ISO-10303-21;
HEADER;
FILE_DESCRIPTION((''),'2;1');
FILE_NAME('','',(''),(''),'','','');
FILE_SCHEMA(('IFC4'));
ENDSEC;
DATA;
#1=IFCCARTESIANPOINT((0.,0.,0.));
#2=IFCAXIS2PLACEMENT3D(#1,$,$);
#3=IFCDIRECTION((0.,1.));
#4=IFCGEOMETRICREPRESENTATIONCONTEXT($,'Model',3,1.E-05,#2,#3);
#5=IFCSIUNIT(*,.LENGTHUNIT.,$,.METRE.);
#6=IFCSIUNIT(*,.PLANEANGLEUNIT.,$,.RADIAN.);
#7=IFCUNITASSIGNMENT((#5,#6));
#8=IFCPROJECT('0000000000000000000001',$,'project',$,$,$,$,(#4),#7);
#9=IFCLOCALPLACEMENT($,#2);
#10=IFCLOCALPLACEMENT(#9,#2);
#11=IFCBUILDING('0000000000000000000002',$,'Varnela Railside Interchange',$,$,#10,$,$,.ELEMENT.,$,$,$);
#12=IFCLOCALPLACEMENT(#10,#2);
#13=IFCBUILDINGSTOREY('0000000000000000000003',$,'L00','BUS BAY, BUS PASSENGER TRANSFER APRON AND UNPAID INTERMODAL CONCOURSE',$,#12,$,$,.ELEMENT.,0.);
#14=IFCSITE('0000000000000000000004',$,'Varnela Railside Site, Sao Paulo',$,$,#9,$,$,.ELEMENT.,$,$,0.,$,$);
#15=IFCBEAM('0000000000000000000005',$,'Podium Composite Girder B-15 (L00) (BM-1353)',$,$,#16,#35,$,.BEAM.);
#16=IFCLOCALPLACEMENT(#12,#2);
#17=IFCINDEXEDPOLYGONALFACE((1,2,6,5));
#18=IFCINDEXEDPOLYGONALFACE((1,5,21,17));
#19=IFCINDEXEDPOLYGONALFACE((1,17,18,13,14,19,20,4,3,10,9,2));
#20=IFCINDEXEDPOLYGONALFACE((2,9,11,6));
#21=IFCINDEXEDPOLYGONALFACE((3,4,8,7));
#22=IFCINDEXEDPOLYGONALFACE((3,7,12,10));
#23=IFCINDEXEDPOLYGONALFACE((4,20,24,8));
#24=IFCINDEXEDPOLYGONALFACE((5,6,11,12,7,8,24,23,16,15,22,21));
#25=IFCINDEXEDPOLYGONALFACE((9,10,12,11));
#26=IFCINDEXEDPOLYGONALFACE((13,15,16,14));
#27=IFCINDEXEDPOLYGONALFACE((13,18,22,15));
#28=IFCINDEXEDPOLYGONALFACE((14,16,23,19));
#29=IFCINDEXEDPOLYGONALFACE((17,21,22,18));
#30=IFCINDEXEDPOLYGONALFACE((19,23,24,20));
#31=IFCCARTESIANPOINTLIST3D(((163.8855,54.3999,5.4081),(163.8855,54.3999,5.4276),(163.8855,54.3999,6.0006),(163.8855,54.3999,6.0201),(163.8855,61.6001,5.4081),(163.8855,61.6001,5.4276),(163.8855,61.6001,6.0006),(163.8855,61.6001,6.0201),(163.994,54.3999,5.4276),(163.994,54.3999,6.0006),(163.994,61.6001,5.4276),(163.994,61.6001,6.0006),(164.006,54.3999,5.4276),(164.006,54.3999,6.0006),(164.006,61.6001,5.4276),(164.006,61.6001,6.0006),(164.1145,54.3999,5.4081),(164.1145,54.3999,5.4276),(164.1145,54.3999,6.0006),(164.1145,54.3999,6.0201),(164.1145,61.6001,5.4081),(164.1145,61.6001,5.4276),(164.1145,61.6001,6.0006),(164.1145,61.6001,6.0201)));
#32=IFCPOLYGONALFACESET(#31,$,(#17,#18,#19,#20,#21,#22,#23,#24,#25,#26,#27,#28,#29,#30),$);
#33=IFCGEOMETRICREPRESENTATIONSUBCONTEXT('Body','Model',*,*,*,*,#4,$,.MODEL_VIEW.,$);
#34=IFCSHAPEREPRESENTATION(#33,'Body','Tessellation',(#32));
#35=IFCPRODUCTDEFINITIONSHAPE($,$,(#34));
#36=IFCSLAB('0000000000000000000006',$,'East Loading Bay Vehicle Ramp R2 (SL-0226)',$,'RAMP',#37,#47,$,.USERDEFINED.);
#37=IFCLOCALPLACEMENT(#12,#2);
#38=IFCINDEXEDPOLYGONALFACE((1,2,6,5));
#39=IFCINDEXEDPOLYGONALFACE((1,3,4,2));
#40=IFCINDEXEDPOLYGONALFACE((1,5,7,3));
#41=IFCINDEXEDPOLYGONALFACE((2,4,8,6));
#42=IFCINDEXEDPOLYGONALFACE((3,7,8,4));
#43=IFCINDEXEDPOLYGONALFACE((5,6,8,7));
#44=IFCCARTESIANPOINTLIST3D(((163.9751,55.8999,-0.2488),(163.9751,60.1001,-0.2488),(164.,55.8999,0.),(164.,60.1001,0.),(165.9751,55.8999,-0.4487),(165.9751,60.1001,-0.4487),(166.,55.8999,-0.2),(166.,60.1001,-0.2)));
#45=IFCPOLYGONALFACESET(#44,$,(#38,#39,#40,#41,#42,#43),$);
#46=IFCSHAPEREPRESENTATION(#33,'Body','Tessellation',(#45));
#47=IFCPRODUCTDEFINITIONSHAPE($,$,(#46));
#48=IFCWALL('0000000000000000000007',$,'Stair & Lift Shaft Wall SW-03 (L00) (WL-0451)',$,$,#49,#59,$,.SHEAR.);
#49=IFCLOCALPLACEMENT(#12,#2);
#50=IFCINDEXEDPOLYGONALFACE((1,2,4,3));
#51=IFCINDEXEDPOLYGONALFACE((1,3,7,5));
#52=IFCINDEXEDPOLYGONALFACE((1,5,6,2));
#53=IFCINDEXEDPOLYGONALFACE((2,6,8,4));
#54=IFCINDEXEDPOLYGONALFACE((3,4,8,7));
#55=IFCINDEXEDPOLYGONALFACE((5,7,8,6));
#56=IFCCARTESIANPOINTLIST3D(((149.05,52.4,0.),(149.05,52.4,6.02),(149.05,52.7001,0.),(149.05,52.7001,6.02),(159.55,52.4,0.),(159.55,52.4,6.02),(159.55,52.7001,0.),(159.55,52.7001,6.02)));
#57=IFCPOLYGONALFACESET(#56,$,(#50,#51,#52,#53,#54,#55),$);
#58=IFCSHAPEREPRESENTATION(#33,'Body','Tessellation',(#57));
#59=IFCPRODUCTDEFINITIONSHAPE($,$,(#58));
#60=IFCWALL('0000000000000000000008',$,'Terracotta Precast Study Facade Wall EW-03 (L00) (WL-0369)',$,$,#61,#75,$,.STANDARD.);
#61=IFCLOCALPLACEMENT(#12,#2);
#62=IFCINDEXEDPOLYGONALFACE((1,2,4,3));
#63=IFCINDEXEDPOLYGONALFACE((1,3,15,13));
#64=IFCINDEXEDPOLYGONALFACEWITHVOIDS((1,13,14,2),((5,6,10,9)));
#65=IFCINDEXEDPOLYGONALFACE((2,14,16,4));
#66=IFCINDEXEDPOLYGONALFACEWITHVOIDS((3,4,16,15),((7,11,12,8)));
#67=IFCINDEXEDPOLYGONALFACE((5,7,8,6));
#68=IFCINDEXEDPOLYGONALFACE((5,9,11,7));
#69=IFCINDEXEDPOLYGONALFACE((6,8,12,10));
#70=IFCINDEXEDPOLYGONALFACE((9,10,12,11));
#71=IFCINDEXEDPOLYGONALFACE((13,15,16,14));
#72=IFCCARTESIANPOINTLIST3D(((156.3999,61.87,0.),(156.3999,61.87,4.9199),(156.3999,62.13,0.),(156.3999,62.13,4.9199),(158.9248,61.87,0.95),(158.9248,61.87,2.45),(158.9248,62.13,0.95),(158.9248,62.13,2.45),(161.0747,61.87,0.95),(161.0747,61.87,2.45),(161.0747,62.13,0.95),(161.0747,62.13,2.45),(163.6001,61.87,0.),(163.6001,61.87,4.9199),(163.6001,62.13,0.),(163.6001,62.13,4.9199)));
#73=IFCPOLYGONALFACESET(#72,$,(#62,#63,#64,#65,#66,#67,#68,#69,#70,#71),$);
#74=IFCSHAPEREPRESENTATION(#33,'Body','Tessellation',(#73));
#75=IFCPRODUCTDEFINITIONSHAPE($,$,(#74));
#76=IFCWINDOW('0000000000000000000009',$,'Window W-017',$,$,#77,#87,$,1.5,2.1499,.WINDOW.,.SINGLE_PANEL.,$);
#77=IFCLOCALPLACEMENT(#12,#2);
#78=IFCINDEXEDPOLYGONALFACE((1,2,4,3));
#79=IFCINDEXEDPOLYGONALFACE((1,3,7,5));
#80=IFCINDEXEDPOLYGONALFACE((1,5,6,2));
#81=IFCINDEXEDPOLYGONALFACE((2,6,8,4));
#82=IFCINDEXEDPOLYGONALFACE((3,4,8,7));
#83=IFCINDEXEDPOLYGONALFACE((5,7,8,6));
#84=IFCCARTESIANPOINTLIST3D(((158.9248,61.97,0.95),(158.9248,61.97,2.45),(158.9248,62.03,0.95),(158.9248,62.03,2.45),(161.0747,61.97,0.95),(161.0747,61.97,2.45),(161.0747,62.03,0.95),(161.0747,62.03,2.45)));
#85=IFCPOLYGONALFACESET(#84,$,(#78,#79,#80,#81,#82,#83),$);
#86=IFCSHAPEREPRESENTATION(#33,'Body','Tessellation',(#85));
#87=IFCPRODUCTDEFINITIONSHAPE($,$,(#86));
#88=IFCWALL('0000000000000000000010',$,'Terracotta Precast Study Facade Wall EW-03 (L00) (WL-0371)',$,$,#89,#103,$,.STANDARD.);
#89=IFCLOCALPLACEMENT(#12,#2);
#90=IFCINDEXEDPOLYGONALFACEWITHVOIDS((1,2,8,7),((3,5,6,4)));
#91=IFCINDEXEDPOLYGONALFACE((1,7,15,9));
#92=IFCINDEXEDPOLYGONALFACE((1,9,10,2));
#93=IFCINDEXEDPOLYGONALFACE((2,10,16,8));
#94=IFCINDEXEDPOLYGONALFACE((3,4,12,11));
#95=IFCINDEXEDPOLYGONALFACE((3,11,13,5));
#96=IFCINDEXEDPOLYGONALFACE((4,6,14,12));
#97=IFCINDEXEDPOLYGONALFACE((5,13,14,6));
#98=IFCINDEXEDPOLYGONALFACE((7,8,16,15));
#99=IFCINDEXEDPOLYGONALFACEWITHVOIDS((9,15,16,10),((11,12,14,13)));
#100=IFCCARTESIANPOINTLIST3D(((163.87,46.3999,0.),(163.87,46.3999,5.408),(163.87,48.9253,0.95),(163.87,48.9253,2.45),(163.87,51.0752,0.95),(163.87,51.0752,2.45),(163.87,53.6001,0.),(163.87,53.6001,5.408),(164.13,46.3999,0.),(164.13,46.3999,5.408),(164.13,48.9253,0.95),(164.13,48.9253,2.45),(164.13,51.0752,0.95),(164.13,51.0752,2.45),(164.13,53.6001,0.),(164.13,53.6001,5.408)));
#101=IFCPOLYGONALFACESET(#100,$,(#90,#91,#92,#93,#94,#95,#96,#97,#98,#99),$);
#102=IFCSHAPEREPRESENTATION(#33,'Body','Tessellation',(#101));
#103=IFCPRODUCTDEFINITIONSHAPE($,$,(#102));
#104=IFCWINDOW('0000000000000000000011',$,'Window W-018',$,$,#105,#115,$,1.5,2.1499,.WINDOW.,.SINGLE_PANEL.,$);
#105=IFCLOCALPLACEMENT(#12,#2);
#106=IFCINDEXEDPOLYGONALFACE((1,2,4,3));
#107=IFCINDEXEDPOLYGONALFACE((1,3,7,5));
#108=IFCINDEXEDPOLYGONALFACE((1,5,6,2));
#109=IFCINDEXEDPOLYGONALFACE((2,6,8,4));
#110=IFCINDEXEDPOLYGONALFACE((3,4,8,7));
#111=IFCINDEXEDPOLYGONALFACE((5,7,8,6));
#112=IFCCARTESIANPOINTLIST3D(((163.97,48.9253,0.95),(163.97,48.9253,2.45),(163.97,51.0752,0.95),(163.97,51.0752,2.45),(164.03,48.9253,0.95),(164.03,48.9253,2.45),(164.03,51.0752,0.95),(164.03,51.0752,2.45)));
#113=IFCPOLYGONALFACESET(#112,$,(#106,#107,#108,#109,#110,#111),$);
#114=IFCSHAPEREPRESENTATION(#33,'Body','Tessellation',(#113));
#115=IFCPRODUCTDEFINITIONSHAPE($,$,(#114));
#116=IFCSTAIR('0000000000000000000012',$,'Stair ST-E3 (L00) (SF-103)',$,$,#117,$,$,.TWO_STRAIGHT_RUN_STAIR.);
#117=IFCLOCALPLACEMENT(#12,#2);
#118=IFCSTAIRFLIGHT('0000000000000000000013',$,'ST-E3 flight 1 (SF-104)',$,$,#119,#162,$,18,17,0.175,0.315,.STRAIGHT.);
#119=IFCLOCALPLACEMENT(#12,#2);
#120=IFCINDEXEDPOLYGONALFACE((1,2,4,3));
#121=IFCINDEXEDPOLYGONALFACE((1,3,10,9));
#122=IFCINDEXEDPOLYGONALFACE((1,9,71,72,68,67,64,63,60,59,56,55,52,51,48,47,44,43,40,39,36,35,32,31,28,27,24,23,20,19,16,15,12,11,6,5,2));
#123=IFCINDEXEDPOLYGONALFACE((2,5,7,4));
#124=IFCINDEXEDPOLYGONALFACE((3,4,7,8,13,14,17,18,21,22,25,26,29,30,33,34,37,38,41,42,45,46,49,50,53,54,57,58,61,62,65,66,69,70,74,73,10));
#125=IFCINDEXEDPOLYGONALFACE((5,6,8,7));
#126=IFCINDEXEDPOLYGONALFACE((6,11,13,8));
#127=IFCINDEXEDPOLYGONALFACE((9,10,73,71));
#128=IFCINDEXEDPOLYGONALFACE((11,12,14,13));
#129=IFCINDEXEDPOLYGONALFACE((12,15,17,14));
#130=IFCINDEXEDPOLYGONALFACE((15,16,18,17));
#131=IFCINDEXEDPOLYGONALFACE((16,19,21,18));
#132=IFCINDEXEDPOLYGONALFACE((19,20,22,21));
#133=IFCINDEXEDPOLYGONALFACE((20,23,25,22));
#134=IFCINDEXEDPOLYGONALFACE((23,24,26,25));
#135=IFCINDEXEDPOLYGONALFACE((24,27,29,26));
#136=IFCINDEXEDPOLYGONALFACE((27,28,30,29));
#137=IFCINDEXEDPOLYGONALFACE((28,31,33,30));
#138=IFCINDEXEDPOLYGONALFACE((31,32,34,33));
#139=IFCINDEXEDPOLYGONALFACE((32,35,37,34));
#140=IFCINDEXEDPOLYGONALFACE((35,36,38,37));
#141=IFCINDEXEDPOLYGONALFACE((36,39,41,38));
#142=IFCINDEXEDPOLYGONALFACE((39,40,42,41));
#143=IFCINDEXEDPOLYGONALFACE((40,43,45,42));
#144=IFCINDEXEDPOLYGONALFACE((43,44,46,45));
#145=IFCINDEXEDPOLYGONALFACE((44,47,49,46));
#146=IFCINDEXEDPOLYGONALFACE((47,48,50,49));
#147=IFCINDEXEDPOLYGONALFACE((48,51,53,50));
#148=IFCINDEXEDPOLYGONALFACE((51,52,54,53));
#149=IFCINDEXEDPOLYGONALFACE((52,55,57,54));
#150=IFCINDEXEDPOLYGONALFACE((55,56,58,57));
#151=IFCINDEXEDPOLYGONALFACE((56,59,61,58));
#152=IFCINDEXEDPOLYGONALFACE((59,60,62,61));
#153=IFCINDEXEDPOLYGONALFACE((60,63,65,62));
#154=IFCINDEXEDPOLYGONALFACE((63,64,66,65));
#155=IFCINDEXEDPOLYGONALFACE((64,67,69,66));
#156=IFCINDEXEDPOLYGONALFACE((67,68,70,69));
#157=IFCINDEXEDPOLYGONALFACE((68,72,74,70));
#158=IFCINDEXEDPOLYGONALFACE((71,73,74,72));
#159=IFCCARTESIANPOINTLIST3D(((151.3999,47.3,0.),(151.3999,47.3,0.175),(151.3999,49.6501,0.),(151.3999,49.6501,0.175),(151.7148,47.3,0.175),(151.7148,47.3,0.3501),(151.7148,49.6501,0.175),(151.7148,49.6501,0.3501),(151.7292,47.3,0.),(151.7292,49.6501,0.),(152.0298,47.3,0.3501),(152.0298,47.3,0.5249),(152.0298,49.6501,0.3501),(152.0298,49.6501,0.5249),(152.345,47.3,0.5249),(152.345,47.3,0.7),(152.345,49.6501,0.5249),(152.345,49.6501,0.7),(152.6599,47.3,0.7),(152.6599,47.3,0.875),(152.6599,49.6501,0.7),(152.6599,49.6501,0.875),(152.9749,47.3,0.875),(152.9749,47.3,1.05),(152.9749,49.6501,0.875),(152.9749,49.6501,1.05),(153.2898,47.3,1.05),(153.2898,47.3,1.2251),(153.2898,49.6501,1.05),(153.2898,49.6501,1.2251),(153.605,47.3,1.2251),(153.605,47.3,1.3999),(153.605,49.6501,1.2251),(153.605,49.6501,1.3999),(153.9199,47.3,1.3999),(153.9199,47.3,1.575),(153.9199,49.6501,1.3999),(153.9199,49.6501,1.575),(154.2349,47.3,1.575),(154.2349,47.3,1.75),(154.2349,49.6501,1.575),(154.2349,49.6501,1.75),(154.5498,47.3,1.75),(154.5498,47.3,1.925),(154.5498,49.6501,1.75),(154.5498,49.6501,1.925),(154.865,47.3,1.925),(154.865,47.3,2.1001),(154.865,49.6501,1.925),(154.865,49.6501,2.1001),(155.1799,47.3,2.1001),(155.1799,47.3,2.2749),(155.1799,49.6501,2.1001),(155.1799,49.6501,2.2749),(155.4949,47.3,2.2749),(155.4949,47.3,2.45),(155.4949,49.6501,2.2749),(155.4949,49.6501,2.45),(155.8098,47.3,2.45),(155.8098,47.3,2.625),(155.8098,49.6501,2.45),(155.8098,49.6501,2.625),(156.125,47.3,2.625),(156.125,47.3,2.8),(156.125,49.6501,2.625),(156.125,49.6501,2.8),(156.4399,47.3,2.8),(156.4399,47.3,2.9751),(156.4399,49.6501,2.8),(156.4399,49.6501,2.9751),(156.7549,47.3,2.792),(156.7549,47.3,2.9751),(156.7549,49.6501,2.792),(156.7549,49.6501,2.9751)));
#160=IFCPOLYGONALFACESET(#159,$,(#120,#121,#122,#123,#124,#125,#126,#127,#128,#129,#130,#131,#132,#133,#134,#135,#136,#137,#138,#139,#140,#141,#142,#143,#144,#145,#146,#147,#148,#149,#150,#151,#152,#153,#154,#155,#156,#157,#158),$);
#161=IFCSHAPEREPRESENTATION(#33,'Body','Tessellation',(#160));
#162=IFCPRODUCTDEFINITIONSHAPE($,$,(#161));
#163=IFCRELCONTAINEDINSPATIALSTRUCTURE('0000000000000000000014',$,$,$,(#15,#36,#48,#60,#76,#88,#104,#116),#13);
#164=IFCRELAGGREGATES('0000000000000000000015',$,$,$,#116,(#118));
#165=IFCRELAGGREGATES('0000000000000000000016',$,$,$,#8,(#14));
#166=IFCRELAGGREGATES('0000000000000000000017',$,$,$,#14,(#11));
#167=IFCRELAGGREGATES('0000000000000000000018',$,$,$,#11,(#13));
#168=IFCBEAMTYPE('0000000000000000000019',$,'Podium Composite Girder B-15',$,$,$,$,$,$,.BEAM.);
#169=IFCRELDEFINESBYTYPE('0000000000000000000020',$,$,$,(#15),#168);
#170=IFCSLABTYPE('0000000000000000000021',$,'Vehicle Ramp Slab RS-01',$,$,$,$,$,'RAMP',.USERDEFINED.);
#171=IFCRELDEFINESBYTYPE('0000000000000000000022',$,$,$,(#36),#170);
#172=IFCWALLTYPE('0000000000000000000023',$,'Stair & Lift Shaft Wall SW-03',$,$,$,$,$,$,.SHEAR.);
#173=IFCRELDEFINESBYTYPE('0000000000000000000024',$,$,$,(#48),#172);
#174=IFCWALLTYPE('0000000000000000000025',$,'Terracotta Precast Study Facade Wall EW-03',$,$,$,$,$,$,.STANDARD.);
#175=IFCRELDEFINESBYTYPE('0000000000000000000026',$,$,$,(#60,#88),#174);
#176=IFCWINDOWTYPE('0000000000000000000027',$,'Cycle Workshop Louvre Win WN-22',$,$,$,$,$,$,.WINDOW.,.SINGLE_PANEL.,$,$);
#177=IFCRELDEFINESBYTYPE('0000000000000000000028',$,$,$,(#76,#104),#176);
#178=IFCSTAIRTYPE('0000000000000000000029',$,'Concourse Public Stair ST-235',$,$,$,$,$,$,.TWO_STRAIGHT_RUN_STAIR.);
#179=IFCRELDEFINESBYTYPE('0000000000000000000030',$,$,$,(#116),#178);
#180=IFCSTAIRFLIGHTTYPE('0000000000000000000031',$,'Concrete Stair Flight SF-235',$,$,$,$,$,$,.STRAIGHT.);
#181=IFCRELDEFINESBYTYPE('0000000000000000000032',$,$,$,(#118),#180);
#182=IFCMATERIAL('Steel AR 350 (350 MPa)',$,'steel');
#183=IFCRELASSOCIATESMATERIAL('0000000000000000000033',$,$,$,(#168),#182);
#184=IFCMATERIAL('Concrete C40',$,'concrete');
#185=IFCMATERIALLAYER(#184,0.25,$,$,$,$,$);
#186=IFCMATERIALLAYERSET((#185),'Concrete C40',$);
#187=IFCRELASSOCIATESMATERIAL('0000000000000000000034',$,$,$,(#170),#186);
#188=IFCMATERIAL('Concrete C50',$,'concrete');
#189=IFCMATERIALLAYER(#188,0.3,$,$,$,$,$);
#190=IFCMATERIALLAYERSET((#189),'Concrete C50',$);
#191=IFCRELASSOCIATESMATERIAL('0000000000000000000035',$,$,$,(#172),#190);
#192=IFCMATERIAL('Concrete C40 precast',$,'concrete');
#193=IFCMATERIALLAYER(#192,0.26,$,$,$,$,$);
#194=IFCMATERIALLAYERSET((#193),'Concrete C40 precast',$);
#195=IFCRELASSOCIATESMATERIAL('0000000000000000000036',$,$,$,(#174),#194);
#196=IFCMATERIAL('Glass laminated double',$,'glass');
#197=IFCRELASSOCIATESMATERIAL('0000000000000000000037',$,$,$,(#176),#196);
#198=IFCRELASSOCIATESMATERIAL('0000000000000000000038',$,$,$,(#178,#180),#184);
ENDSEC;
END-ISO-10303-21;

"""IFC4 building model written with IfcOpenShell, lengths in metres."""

from ifc_helpers import new_model, si_unit, direction, frame, frame_2d, origin, origin_2d, place, context, subcontext, project, spatial, polyline, rectangle, i_section, outline, extrude, material, layer, layer_set, material_profile, profile_set, type_object, element, fill, aggregate, save


model = new_model("IFC4")

# Units and contexts
model_context = context("Model", 3, precision=1e-05, world=origin(), true_north=direction((0.0, 1.0)))
body_context = subcontext(model_context, "Body", "Model", "MODEL_VIEW")
ifc_project = project(units=[si_unit("LENGTHUNIT", "METRE"), si_unit("PLANEANGLEUNIT", "RADIAN")], contexts=[model_context])

# Site, building, storey
site_placement = place(None, origin())
site = spatial("IfcSite", under=ifc_project, at=site_placement, Name="Varnela Railside Site, Sao Paulo", CompositionType="ELEMENT", RefElevation=0.0)
building_placement = place(site_placement, origin())
building = spatial("IfcBuilding", under=site, at=building_placement, Name="Varnela Railside Interchange", CompositionType="ELEMENT")
storey_placement = place(building_placement, origin())
storey = spatial("IfcBuildingStorey", under=building, at=storey_placement, Name="L00", Description="BUS BAY, BUS PASSENGER TRANSFER APRON AND UNPAID INTERMODAL CONCOURSE", CompositionType="ELEMENT", Elevation=0.0)

# Shared definitions
ifc_material_1 = material(Name="Concrete C50", Category="concrete")

# Beam
ifc_material_2 = material(Name="Steel AR 350 (350 MPa)", Category="steel")
ifc_material_3 = material(Name="Concrete C40", Category="concrete")
ifc_material_profile_1 = material_profile(ifc_material_2, i_section(OverallWidth=0.229, OverallDepth=0.6121, WebThickness=0.012, FlangeThickness=0.0195, at=origin_2d()), Name="W610x125")
ifc_profile_set_1 = profile_set([ifc_material_profile_1], Name="Steel AR 350 (350 MPa)")
beam_type_1 = type_object("IfcBeamType", Name="Podium Composite Girder B-15", PredefinedType="BEAM", material=ifc_profile_set_1)
for number, where, z_axis, x_axis, name in (
    (1, (164.0, 54.3999, 5.7141), (0.0, 1.0, 0.0), (-1.0, 0.0, 0.0), "Podium Composite Girder B-15 (L00) (BM-1353)"),
):
    element("IfcBeam", number, at=place(storey_placement, frame(where, z_axis=z_axis, x_axis=x_axis)), inside=storey, type_object=beam_type_1, Name=name, PredefinedType="BEAM", context=body_context, shape_type="SweptSolid", body=[
        extrude(i_section(OverallWidth=0.229, OverallDepth=0.6121, WebThickness=0.012, FlangeThickness=0.0195, at=origin_2d()), origin(), (0.0, 0.0, 1.0), 7.2002),
    ])

# Slab
ifc_layer_1 = layer(ifc_material_3, 0.25)
ifc_layer_set_1 = layer_set([ifc_layer_1], Name="Concrete C40")
slab_type = type_object("IfcSlabType", Name="Vehicle Ramp Slab RS-01", ElementType="RAMP", PredefinedType="USERDEFINED", material=ifc_layer_set_1)
slab_placement = place(storey_placement, frame((164.0, 60.1001, 0.0), z_axis=(0.09948, 0.0, 0.99504), x_axis=(0.99504, 0.0, -0.09948)))
element("IfcSlab", 2, at=slab_placement, inside=storey, type_object=slab_type, Name="East Loading Bay Vehicle Ramp R2 (SL-0226)", ObjectType="RAMP", PredefinedType="USERDEFINED", context=body_context, shape_type="SweptSolid", body=[
    extrude(outline(polyline([(0.0, 0.0), (2.01, 0.0), (2.01, -4.2002), (0.0, -4.2002), (0.0, 0.0)])), origin(), (0.0, 0.0, -1.0), 0.25),
])

# Wall
ifc_layer_2 = layer(ifc_material_1, 0.3)
ifc_layer_set_2 = layer_set([ifc_layer_2], Name="Concrete C50")
wall_type_1 = type_object("IfcWallType", Name="Stair & Lift Shaft Wall SW-03", PredefinedType="SHEAR", material=ifc_layer_set_2)
wall_1_placement = place(storey_placement, frame((149.05, 52.55, 0.0), z_axis=(0.0, 0.0, 1.0), x_axis=(1.0, 0.0, 0.0)))
element("IfcWall", 3, at=wall_1_placement, inside=storey, type_object=wall_type_1, Name="Stair & Lift Shaft Wall SW-03 (L00) (WL-0451)", PredefinedType="SHEAR", context=body_context, shape_type="SweptSolid", body=[
    extrude(rectangle(XDim=10.5, YDim=0.3, at=frame_2d((5.25, 0.0))), origin(), (0.0, 0.0, 1.0), 6.02),
])

# Wall, opening, window
ifc_material_4 = material(Name="Concrete C40 precast", Category="concrete")
ifc_layer_3 = layer(ifc_material_4, 0.26)
ifc_layer_set_3 = layer_set([ifc_layer_3], Name="Concrete C40 precast")
wall_type_2 = type_object("IfcWallType", Name="Terracotta Precast Study Facade Wall EW-03", PredefinedType="STANDARD", material=ifc_layer_set_3)
wall_2_placement = place(storey_placement, frame((156.3999, 62.0, 0.0), z_axis=(0.0, 0.0, 1.0), x_axis=(1.0, 0.0, 0.0)))
wall_2 = element("IfcWall", 4, at=wall_2_placement, inside=storey, type_object=wall_type_2, Name="Terracotta Precast Study Facade Wall EW-03 (L00) (WL-0369)", PredefinedType="STANDARD", context=body_context, shape_type="SweptSolid", body=[
    extrude(rectangle(XDim=7.2002, YDim=0.26, at=frame_2d((3.6001, 0.0))), origin(), (0.0, 0.0, 1.0), 4.9199),
])
opening_1_placement = place(wall_2_placement, frame((2.5249, 0.0, 0.95)))
opening_1 = element("IfcOpeningElement", 5, at=opening_1_placement, cuts=wall_2, PredefinedType="OPENING", context=body_context, shape_type="SweptSolid", body=[
    extrude(rectangle(XDim=2.1499, YDim=1.5, at=frame_2d((1.075, 0.75))), frame((0.0, 0.1399, 0.0), z_axis=(0.0, -1.0, 0.0), x_axis=(1.0, 0.0, 0.0)), (0.0, 0.0, 1.0), 0.28),
])
ifc_material_5 = material(Name="Glass laminated double", Category="glass")
window_type = type_object("IfcWindowType", Name="Cycle Workshop Louvre Win WN-22", PartitioningType="SINGLE_PANEL", PredefinedType="WINDOW", material=ifc_material_5)
window_1_placement = place(opening_1_placement, origin())
window_1 = element("IfcWindow", 6, at=window_1_placement, inside=storey, type_object=window_type, Name="Window W-017", OverallHeight=1.5, OverallWidth=2.1499, PartitioningType="SINGLE_PANEL", PredefinedType="WINDOW", context=body_context, shape_type="SweptSolid", body=[
    extrude(rectangle(XDim=2.1499, YDim=1.5, at=frame_2d((1.075, 0.75))), frame((0.0, 0.03, 0.0), z_axis=(0.0, -1.0, 0.0), x_axis=(1.0, 0.0, 0.0)), (0.0, 0.0, 1.0), 0.0601),
])
fill(opening_1, window_1)

# Wall, opening, window
wall_3_placement = place(storey_placement, frame((164.0, 53.6001, 0.0), z_axis=(0.0, 0.0, 1.0), x_axis=(0.0, -1.0, 0.0)))
wall_3 = element("IfcWall", 7, at=wall_3_placement, inside=storey, type_object=wall_type_2, Name="Terracotta Precast Study Facade Wall EW-03 (L00) (WL-0371)", PredefinedType="STANDARD", context=body_context, shape_type="SweptSolid", body=[
    extrude(rectangle(XDim=7.2002, YDim=0.26, at=frame_2d((3.6001, 0.0))), origin(), (0.0, 0.0, 1.0), 5.408),
])
opening_2_placement = place(wall_3_placement, frame((2.5249, 0.0, 0.95)))
opening_2 = element("IfcOpeningElement", 8, at=opening_2_placement, cuts=wall_3, PredefinedType="OPENING", context=body_context, shape_type="SweptSolid", body=[
    extrude(rectangle(XDim=2.1499, YDim=1.5, at=frame_2d((1.075, 0.75))), frame((0.0, 0.1399, 0.0), z_axis=(0.0, -1.0, 0.0), x_axis=(1.0, 0.0, 0.0)), (0.0, 0.0, 1.0), 0.28),
])
window_2_placement = place(opening_2_placement, origin())
window_2 = element("IfcWindow", 9, at=window_2_placement, inside=storey, type_object=window_type, Name="Window W-018", OverallHeight=1.5, OverallWidth=2.1499, PartitioningType="SINGLE_PANEL", PredefinedType="WINDOW", context=body_context, shape_type="SweptSolid", body=[
    extrude(rectangle(XDim=2.1499, YDim=1.5, at=frame_2d((1.075, 0.75))), frame((0.0, 0.03, 0.0), z_axis=(0.0, -1.0, 0.0), x_axis=(1.0, 0.0, 0.0)), (0.0, 0.0, 1.0), 0.0601),
])
fill(opening_2, window_2)

# Stair, stair flight
stair_type = type_object("IfcStairType", Name="Concourse Public Stair ST-235", PredefinedType="TWO_STRAIGHT_RUN_STAIR", material=ifc_material_3)
stair_placement = place(storey_placement, origin())
stair = element("IfcStair", 10, at=stair_placement, inside=storey, type_object=stair_type, Name="Stair ST-E3 (L00) (SF-103)", PredefinedType="TWO_STRAIGHT_RUN_STAIR")
stair_flight_type = type_object("IfcStairFlightType", Name="Concrete Stair Flight SF-235", PredefinedType="STRAIGHT", material=ifc_material_3)
stair_flight_1_placement = place(storey_placement, frame((151.3999, 48.4751, 0.0), z_axis=(0.0, 0.0, 1.0), x_axis=(1.0, 0.0, 0.0)))
stair_flight_1 = element("IfcStairFlight", 11, at=stair_flight_1_placement, type_object=stair_flight_type, Name="ST-E3 flight 1 (SF-104)", NumberOfRisers=18, NumberOfTreads=17, PredefinedType="STRAIGHT", RiserHeight=0.175, TreadLength=0.315, context=body_context, shape_type="SweptSolid", body=[
    extrude(outline(polyline([(0.0, 0.0), (0.0, 0.175), (0.3149, 0.175), (0.3149, 0.3501), (0.6299, 0.3501), (0.6299, 0.5249), (0.9451, 0.5249), (0.9451, 0.7), (1.26, 0.7), (1.26, 0.875), (1.575, 0.875), (1.575, 1.05), (1.8899, 1.05), (1.8899, 1.2251), (2.2051, 1.2251), (2.2051, 1.3999), (2.52, 1.3999), (2.52, 1.575), (2.835, 1.575), (2.835, 1.75), (3.1499, 1.75), (3.1499, 1.925), (3.4651, 1.925), (3.4651, 2.1001), (3.78, 2.1001), (3.78, 2.2749), (4.095, 2.2749), (4.095, 2.45), (4.4099, 2.45), (4.4099, 2.625), (4.7251, 2.625), (4.7251, 2.8), (5.04, 2.8), (5.04, 2.9751), (5.355, 2.9751), (5.355, 3.1499), (5.355, 2.792), (0.3293, 0.0), (0.0, 0.0)])), frame((0.0, 1.175, 0.0), z_axis=(0.0, -1.0, 0.0), x_axis=(1.0, 0.0, 0.0)), (0.0, 0.0, 1.0), 2.3501),
])
aggregate(stair, [stair_flight_1])

save(model, "model.ifc")
